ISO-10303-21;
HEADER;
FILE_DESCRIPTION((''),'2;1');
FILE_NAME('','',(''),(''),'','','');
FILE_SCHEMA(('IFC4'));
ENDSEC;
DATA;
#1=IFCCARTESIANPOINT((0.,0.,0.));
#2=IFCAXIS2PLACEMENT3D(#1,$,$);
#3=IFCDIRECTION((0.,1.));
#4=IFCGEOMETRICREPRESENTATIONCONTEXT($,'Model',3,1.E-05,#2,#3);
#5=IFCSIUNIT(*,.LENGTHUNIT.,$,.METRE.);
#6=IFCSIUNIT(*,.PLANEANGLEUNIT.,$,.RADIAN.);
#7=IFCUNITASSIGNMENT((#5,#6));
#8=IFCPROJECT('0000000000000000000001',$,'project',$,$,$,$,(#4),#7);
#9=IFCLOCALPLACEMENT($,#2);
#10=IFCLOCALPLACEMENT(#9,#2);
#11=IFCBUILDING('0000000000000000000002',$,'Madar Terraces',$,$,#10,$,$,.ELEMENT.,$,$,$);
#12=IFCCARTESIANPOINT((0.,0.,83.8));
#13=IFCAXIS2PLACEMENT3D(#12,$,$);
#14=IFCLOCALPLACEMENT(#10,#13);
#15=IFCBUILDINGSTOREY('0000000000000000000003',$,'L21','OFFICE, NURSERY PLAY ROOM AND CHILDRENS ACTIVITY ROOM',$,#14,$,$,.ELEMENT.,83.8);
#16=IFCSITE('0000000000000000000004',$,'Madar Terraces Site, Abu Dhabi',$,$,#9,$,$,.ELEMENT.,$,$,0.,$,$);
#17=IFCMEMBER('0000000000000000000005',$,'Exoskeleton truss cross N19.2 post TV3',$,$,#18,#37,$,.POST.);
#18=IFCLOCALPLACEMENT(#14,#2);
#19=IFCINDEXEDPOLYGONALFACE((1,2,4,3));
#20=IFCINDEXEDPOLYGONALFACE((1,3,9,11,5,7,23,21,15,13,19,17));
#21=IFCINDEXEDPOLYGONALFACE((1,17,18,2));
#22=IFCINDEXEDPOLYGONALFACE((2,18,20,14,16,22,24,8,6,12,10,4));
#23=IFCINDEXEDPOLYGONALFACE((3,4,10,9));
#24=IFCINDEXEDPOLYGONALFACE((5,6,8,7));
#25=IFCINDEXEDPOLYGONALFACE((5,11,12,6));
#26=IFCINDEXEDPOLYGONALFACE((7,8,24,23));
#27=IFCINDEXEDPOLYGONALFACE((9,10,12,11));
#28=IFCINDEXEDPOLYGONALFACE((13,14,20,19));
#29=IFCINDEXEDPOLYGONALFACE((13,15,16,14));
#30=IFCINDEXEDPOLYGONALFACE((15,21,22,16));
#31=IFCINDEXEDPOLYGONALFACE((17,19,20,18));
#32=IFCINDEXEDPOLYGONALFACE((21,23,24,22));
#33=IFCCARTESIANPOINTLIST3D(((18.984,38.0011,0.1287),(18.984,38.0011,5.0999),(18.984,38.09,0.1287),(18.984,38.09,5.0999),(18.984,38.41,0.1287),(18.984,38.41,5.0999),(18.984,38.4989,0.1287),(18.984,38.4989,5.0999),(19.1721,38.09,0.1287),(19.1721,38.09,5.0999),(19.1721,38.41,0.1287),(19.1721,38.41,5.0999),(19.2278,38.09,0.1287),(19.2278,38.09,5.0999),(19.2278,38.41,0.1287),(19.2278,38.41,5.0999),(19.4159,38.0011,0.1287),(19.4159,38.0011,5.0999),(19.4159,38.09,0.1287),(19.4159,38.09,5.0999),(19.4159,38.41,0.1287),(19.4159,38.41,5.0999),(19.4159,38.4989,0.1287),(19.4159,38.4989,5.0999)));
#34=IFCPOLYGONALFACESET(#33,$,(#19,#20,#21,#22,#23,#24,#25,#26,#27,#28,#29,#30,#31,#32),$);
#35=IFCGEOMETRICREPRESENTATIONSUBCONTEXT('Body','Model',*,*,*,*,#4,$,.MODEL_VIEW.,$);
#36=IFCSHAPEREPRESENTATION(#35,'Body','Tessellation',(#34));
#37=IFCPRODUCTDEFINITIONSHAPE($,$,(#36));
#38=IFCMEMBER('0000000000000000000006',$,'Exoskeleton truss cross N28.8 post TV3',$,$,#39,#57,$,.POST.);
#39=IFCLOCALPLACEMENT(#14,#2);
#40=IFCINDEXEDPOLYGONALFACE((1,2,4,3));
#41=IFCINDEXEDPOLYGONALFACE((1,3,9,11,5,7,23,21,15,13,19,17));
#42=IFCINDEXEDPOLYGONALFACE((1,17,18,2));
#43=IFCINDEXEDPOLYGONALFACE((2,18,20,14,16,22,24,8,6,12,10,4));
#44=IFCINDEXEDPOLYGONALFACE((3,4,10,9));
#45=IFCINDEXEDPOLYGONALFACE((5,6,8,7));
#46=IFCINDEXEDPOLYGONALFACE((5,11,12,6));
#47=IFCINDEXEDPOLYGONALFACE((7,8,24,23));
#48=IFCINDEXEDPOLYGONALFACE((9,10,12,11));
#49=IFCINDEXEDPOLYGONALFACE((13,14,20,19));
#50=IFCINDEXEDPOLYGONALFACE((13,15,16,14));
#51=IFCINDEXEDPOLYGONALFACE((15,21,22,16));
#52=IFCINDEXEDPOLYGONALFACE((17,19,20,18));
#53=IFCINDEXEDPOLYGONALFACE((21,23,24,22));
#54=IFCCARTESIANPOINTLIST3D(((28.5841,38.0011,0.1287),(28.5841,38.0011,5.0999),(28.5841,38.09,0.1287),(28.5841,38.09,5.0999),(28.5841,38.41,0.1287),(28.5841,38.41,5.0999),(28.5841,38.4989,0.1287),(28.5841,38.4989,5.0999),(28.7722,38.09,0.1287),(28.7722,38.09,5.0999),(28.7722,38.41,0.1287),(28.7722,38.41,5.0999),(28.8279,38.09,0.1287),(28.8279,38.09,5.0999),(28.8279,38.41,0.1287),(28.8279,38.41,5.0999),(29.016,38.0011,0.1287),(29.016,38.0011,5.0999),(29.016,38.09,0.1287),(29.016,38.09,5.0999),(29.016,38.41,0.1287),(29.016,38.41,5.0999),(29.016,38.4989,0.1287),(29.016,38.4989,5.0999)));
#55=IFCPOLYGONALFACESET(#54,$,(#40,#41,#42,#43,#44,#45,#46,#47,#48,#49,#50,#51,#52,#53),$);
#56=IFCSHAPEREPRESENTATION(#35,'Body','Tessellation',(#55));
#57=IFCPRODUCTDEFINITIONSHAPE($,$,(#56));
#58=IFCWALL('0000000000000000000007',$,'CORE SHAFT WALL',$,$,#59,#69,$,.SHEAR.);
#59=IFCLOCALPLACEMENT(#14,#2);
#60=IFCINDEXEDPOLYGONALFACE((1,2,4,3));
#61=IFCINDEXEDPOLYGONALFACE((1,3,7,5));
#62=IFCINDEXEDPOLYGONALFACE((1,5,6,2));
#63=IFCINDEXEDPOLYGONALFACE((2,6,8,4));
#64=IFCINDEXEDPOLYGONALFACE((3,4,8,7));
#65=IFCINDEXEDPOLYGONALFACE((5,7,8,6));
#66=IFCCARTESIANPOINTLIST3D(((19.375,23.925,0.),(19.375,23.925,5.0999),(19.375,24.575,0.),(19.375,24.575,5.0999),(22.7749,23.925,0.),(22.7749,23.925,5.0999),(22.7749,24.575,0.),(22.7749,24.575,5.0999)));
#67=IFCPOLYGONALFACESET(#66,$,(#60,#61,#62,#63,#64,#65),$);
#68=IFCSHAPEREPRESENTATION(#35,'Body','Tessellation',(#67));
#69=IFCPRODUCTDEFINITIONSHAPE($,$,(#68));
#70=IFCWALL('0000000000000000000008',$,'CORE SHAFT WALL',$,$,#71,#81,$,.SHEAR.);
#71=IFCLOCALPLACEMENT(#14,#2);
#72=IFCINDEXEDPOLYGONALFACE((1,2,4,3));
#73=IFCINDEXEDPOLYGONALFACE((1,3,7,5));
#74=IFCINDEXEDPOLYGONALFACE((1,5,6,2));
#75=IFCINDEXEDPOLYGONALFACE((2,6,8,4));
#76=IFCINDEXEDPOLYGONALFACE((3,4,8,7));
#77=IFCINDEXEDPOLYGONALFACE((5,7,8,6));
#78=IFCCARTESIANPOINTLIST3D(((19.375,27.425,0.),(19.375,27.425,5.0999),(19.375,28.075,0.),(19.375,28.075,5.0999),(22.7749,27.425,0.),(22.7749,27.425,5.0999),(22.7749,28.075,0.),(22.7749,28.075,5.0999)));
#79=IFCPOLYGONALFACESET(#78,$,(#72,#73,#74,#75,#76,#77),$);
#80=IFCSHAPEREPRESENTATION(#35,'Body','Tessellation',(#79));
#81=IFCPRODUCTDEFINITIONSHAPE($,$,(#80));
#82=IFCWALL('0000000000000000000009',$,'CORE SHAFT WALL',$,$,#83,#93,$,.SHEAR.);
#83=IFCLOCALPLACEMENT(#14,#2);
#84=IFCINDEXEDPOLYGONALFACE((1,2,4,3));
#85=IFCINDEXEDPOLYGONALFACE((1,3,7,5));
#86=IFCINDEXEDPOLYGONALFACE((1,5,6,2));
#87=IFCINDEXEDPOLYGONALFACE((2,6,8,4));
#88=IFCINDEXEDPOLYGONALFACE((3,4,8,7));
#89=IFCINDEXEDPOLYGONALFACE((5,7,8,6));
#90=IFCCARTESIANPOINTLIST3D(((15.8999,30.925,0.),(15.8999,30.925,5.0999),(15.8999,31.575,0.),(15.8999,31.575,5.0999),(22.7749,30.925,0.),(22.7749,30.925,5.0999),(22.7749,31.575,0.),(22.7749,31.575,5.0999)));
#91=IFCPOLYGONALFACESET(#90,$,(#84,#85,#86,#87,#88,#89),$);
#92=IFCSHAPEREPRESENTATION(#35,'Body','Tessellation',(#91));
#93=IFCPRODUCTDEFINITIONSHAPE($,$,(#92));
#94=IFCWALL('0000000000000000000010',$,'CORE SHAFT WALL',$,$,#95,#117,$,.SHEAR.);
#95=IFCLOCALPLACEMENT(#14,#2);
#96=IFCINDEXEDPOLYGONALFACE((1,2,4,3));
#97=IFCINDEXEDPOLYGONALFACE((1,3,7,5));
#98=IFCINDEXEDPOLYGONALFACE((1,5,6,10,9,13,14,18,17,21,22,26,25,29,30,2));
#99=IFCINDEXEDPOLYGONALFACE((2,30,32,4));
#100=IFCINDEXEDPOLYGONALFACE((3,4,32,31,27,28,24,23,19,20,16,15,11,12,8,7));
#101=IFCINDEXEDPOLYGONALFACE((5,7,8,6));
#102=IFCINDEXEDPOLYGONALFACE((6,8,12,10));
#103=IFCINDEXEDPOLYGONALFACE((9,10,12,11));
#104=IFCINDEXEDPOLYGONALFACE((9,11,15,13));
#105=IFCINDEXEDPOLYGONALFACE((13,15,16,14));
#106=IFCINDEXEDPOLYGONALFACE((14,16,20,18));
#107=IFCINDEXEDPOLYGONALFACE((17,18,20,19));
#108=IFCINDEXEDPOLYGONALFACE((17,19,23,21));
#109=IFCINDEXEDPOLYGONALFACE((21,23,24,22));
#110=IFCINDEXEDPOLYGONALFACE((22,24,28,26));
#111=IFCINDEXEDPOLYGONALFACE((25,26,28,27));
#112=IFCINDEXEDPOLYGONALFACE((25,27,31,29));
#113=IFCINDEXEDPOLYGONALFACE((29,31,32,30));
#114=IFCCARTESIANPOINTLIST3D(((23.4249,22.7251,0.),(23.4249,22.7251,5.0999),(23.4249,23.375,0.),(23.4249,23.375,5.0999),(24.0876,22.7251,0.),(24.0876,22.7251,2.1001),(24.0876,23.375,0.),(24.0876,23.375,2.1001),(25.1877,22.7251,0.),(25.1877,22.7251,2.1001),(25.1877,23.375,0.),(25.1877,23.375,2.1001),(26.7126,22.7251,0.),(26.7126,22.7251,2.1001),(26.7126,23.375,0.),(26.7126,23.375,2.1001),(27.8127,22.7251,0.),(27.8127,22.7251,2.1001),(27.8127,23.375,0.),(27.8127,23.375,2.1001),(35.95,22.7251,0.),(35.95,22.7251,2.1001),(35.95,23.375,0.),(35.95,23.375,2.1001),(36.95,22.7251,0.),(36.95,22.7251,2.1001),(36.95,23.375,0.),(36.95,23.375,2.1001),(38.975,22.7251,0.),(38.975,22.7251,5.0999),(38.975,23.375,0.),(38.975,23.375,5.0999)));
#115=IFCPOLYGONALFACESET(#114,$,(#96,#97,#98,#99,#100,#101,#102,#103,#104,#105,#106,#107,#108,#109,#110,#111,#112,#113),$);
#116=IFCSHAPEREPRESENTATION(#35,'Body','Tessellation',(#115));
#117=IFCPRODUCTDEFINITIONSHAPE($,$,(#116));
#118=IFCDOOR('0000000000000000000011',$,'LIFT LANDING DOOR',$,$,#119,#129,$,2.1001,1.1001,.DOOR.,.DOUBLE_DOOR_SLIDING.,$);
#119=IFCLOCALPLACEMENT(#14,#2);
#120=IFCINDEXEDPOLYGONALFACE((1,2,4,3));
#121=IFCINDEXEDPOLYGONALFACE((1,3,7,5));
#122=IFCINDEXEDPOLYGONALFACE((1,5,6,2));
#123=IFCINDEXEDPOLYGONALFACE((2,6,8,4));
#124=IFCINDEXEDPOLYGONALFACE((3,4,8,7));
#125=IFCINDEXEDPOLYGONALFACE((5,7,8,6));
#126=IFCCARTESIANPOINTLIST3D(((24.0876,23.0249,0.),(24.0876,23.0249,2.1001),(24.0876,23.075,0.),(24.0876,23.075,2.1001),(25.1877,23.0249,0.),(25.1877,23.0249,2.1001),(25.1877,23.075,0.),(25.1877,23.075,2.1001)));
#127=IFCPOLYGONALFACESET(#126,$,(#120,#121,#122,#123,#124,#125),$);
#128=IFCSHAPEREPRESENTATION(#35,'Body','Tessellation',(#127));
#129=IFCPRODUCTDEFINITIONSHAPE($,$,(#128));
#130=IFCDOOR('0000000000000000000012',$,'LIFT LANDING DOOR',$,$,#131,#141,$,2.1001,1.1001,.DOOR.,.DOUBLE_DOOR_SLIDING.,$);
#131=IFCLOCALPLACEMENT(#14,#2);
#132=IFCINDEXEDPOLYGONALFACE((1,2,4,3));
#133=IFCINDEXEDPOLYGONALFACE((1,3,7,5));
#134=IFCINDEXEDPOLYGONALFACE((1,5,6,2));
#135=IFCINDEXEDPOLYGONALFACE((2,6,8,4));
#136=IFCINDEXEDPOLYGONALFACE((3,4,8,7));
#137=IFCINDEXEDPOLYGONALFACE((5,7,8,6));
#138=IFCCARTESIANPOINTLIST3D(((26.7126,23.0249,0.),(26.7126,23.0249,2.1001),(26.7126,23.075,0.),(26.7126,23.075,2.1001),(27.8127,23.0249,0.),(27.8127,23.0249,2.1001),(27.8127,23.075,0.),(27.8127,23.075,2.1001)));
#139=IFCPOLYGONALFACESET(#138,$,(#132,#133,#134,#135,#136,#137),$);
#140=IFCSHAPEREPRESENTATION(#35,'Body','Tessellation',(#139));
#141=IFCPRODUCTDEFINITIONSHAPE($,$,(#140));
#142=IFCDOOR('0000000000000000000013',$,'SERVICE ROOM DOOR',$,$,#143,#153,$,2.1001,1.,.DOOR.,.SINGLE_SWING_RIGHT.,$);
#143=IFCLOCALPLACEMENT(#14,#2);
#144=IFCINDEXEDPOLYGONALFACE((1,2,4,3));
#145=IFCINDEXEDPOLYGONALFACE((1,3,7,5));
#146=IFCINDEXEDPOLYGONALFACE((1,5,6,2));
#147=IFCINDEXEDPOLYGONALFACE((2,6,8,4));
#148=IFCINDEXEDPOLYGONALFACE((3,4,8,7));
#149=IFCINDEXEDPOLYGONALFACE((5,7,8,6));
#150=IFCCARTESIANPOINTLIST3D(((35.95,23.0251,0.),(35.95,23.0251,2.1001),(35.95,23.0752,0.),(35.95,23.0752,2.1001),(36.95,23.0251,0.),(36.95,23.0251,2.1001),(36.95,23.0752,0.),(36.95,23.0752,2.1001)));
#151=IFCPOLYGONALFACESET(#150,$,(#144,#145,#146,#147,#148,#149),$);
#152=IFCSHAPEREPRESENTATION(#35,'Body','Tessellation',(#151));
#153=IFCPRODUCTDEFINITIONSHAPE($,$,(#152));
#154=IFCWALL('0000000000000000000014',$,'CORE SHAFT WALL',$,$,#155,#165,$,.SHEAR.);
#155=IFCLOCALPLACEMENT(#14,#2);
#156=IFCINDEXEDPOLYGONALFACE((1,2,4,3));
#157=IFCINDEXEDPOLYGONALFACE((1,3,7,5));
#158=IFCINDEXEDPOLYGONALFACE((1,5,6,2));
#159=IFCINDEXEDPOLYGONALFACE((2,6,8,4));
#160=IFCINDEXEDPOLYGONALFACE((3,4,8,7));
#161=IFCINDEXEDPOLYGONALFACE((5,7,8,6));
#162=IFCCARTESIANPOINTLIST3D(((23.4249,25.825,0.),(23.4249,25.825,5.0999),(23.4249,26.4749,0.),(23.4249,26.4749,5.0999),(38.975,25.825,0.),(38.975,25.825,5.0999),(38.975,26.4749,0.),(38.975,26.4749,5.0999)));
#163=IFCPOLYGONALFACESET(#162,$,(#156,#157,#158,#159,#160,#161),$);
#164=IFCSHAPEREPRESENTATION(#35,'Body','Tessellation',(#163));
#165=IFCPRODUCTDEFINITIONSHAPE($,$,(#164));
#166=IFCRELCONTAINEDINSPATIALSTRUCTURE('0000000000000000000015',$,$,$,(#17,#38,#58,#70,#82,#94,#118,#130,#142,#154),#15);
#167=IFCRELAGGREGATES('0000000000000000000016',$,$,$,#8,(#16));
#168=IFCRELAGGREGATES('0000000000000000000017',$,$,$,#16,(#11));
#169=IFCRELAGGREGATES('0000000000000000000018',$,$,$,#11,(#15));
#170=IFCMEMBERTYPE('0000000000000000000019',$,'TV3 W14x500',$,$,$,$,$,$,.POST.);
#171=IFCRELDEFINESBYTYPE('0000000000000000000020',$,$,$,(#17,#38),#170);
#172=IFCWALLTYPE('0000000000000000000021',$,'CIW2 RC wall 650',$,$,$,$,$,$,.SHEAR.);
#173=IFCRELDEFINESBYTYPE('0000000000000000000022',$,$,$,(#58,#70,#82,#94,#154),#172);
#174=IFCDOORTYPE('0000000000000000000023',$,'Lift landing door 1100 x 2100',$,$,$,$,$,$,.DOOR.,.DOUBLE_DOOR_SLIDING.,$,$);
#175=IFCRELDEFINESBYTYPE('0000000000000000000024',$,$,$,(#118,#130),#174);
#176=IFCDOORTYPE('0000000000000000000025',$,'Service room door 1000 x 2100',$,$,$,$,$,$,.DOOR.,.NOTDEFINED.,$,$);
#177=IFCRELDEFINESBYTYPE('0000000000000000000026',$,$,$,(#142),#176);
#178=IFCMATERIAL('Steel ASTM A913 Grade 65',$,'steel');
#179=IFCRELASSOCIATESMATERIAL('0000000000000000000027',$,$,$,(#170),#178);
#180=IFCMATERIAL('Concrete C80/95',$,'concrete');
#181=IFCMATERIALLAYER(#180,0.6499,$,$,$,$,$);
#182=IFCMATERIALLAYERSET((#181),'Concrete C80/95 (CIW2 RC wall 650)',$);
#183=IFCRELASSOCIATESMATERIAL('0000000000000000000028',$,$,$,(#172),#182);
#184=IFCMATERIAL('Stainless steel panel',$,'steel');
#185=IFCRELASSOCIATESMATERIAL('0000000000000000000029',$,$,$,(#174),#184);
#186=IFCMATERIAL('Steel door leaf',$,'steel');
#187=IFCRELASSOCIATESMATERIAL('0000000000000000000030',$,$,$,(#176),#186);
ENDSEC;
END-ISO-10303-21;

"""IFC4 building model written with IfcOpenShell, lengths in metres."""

from ifc_helpers import new_model, si_unit, direction, frame, frame_2d, origin, origin_2d, place, context, subcontext, project, spatial, rectangle, i_section, extrude, material, layer, layer_set, material_profile, profile_set, type_object, element, fill, save


model = new_model("IFC4")

# Units and contexts
model_context = context("Model", 3, precision=1e-05, world=origin(), true_north=direction((0.0, 1.0)))
body_context = subcontext(model_context, "Body", "Model", "MODEL_VIEW")
ifc_project = project(units=[si_unit("LENGTHUNIT", "METRE"), si_unit("PLANEANGLEUNIT", "RADIAN")], contexts=[model_context])

# Site, building, storey
site_placement = place(None, origin())
site = spatial("IfcSite", under=ifc_project, at=site_placement, Name="Madar Terraces Site, Abu Dhabi", CompositionType="ELEMENT", RefElevation=0.0)
building_placement = place(site_placement, origin())
building = spatial("IfcBuilding", under=site, at=building_placement, Name="Madar Terraces", CompositionType="ELEMENT")
storey_placement = place(building_placement, frame((0.0, 0.0, 83.8)))
storey = spatial("IfcBuildingStorey", under=building, at=storey_placement, Name="L21", Description="OFFICE, NURSERY PLAY ROOM AND CHILDRENS ACTIVITY ROOM", CompositionType="ELEMENT", Elevation=83.8)

# Members
ifc_material_1 = material(Name="Steel ASTM A913 Grade 65", Category="steel")
ifc_material_profile = material_profile(ifc_material_1, i_section(OverallWidth=0.4319, OverallDepth=0.4978, WebThickness=0.0557, FlangeThickness=0.0889, at=origin_2d()), Name="W14x500")
ifc_profile_set = profile_set([ifc_material_profile], Name="Steel ASTM A913 Grade 65")
member_type = type_object("IfcMemberType", Name="TV3 W14x500", PredefinedType="POST", material=ifc_profile_set)
for number, where, z_axis, x_axis, name in (
    (1, (19.2, 38.25, 0.1287), (0.0, 0.0, 1.0), (-1.0, 0.0, 0.0), "Exoskeleton truss cross N19.2 post TV3"),
    (2, (28.8, 38.25, 0.1287), (0.0, 0.0, 1.0), (-1.0, 0.0, 0.0), "Exoskeleton truss cross N28.8 post TV3"),
):
    element("IfcMember", number, at=place(storey_placement, frame(where, z_axis=z_axis, x_axis=x_axis)), inside=storey, type_object=member_type, Name=name, PredefinedType="POST", context=body_context, shape_type="SweptSolid", body=[
        extrude(i_section(OverallWidth=0.4319, OverallDepth=0.4978, WebThickness=0.0557, FlangeThickness=0.0889, at=origin_2d()), origin(), (0.0, 0.0, 1.0), 4.9712),
    ])

# Walls
ifc_material_2 = material(Name="Concrete C80/95", Category="concrete")
ifc_layer_1 = layer(ifc_material_2, 0.6499)
ifc_layer_set_1 = layer_set([ifc_layer_1], Name="Concrete C80/95 (CIW2 RC wall 650)")
wall_type_1 = type_object("IfcWallType", Name="CIW2 RC wall 650", PredefinedType="SHEAR", material=ifc_layer_set_1)
for number, where, z_axis, x_axis, name in (
    (3, (19.375, 24.25, 0.0), (0.0, 0.0, 1.0), (1.0, 0.0, 0.0), "CORE SHAFT WALL"),
    (4, (19.375, 27.75, 0.0), (0.0, 0.0, 1.0), (1.0, 0.0, 0.0), "CORE SHAFT WALL"),
):
    element("IfcWall", number, at=place(storey_placement, frame(where, z_axis=z_axis, x_axis=x_axis)), inside=storey, type_object=wall_type_1, Name=name, PredefinedType="SHEAR", context=body_context, shape_type="SweptSolid", body=[
        extrude(rectangle(XDim=3.3999, YDim=0.6499, at=frame_2d((1.7, 0.0))), origin(), (0.0, 0.0, 1.0), 5.0999),
    ])
wall_1_placement = place(storey_placement, frame((15.8999, 31.25, 0.0), z_axis=(0.0, 0.0, 1.0), x_axis=(1.0, 0.0, 0.0)))
element("IfcWall", 5, at=wall_1_placement, inside=storey, type_object=wall_type_1, Name="CORE SHAFT WALL", PredefinedType="SHEAR", context=body_context, shape_type="SweptSolid", body=[
    extrude(rectangle(XDim=6.875, YDim=0.6499, at=frame_2d((3.4375, 0.0))), origin(), (0.0, 0.0, 1.0), 5.0999),
])

# Wall, openings, doors
wall_2_placement = place(storey_placement, frame((23.425, 23.05, 0.0), z_axis=(0.0, 0.0, 1.0), x_axis=(1.0, 0.0, 0.0)))
wall_2 = element("IfcWall", 6, at=wall_2_placement, inside=storey, type_object=wall_type_1, Name="CORE SHAFT WALL", PredefinedType="SHEAR", context=body_context, shape_type="SweptSolid", body=[
    extrude(rectangle(XDim=15.55, YDim=0.6499, at=frame_2d((7.7749, 0.0))), origin(), (0.0, 0.0, 1.0), 5.0999),
])
opening_1_placement = place(wall_2_placement, frame((0.6626, 0.0, 0.0)))
opening_1 = element("IfcOpeningElement", 7, at=opening_1_placement, cuts=wall_2, PredefinedType="OPENING", context=body_context, shape_type="SweptSolid", body=[
    extrude(rectangle(XDim=1.1001, YDim=2.1001, at=frame_2d((0.55, 1.05))), frame((0.0, 0.335, 0.0), z_axis=(0.0, -1.0, 0.0), x_axis=(1.0, 0.0, 0.0)), (0.0, 0.0, 1.0), 0.6699),
])
opening_2_placement = place(wall_2_placement, frame((3.2876, 0.0, 0.0)))
opening_2 = element("IfcOpeningElement", 8, at=opening_2_placement, cuts=wall_2, PredefinedType="OPENING", context=body_context, shape_type="SweptSolid", body=[
    extrude(rectangle(XDim=1.1001, YDim=2.1001, at=frame_2d((0.55, 1.05))), frame((0.0, 0.335, 0.0), z_axis=(0.0, -1.0, 0.0), x_axis=(1.0, 0.0, 0.0)), (0.0, 0.0, 1.0), 0.6699),
])
opening_3_placement = place(wall_2_placement, frame((12.5249, 0.0, 0.0)))
opening_3 = element("IfcOpeningElement", 9, at=opening_3_placement, cuts=wall_2, PredefinedType="OPENING", context=body_context, shape_type="SweptSolid", body=[
    extrude(rectangle(XDim=1.0, YDim=2.1001, at=frame_2d((0.5, 1.05))), frame((0.0, 0.335, 0.0), z_axis=(0.0, -1.0, 0.0), x_axis=(1.0, 0.0, 0.0)), (0.0, 0.0, 1.0), 0.6699),
])
ifc_material_3 = material(Name="Stainless steel panel", Category="steel")
door_type_1 = type_object("IfcDoorType", Name="Lift landing door 1100 x 2100", OperationType="DOUBLE_DOOR_SLIDING", PredefinedType="DOOR", material=ifc_material_3)
door_1_placement = place(opening_1_placement, origin())
door_1 = element("IfcDoor", 10, at=door_1_placement, inside=storey, type_object=door_type_1, Name="LIFT LANDING DOOR", OperationType="DOUBLE_DOOR_SLIDING", OverallHeight=2.1001, OverallWidth=1.1001, PredefinedType="DOOR", context=body_context, shape_type="SweptSolid", body=[
    extrude(rectangle(XDim=1.1001, YDim=2.1001, at=frame_2d((0.55, 1.05))), frame((0.0, 0.0249, 0.0), z_axis=(0.0, -1.0, 0.0), x_axis=(1.0, 0.0, 0.0)), (0.0, 0.0, 1.0), 0.05),
])
fill(opening_1, door_1)
door_2_placement = place(opening_2_placement, origin())
door_2 = element("IfcDoor", 11, at=door_2_placement, inside=storey, type_object=door_type_1, Name="LIFT LANDING DOOR", OperationType="DOUBLE_DOOR_SLIDING", OverallHeight=2.1001, OverallWidth=1.1001, PredefinedType="DOOR", context=body_context, shape_type="SweptSolid", body=[
    extrude(rectangle(XDim=1.1001, YDim=2.1001, at=frame_2d((0.55, 1.05))), frame((0.0, 0.0249, 0.0), z_axis=(0.0, -1.0, 0.0), x_axis=(1.0, 0.0, 0.0)), (0.0, 0.0, 1.0), 0.05),
])
fill(opening_2, door_2)
ifc_material_4 = material(Name="Steel door leaf", Category="steel")
door_type_2 = type_object("IfcDoorType", Name="Service room door 1000 x 2100", OperationType="NOTDEFINED", PredefinedType="DOOR", material=ifc_material_4)
door_3_placement = place(opening_3_placement, frame((1.0, 0.0, 0.0), z_axis=(0.0, 0.0, 1.0), x_axis=(-1.0, 0.0, 0.0)))
door_3 = element("IfcDoor", 12, at=door_3_placement, inside=storey, type_object=door_type_2, Name="SERVICE ROOM DOOR", OperationType="SINGLE_SWING_RIGHT", OverallHeight=2.1001, OverallWidth=1.0, PredefinedType="DOOR", context=body_context, shape_type="SweptSolid", body=[
    extrude(rectangle(XDim=1.0, YDim=2.1001, at=frame_2d((0.5, 1.05))), frame((0.0, 0.0249, 0.0), z_axis=(0.0, -1.0, 0.0), x_axis=(1.0, 0.0, 0.0)), (0.0, 0.0, 1.0), 0.05),
])
fill(opening_3, door_3)

# Wall
wall_3_placement = place(storey_placement, frame((23.425, 26.1499, 0.0), z_axis=(0.0, 0.0, 1.0), x_axis=(1.0, 0.0, 0.0)))
element("IfcWall", 13, at=wall_3_placement, inside=storey, type_object=wall_type_1, Name="CORE SHAFT WALL", PredefinedType="SHEAR", context=body_context, shape_type="SweptSolid", body=[
    extrude(rectangle(XDim=15.55, YDim=0.6499, at=frame_2d((7.7749, 0.0))), origin(), (0.0, 0.0, 1.0), 5.0999),
])

save(model, "model.ifc")
